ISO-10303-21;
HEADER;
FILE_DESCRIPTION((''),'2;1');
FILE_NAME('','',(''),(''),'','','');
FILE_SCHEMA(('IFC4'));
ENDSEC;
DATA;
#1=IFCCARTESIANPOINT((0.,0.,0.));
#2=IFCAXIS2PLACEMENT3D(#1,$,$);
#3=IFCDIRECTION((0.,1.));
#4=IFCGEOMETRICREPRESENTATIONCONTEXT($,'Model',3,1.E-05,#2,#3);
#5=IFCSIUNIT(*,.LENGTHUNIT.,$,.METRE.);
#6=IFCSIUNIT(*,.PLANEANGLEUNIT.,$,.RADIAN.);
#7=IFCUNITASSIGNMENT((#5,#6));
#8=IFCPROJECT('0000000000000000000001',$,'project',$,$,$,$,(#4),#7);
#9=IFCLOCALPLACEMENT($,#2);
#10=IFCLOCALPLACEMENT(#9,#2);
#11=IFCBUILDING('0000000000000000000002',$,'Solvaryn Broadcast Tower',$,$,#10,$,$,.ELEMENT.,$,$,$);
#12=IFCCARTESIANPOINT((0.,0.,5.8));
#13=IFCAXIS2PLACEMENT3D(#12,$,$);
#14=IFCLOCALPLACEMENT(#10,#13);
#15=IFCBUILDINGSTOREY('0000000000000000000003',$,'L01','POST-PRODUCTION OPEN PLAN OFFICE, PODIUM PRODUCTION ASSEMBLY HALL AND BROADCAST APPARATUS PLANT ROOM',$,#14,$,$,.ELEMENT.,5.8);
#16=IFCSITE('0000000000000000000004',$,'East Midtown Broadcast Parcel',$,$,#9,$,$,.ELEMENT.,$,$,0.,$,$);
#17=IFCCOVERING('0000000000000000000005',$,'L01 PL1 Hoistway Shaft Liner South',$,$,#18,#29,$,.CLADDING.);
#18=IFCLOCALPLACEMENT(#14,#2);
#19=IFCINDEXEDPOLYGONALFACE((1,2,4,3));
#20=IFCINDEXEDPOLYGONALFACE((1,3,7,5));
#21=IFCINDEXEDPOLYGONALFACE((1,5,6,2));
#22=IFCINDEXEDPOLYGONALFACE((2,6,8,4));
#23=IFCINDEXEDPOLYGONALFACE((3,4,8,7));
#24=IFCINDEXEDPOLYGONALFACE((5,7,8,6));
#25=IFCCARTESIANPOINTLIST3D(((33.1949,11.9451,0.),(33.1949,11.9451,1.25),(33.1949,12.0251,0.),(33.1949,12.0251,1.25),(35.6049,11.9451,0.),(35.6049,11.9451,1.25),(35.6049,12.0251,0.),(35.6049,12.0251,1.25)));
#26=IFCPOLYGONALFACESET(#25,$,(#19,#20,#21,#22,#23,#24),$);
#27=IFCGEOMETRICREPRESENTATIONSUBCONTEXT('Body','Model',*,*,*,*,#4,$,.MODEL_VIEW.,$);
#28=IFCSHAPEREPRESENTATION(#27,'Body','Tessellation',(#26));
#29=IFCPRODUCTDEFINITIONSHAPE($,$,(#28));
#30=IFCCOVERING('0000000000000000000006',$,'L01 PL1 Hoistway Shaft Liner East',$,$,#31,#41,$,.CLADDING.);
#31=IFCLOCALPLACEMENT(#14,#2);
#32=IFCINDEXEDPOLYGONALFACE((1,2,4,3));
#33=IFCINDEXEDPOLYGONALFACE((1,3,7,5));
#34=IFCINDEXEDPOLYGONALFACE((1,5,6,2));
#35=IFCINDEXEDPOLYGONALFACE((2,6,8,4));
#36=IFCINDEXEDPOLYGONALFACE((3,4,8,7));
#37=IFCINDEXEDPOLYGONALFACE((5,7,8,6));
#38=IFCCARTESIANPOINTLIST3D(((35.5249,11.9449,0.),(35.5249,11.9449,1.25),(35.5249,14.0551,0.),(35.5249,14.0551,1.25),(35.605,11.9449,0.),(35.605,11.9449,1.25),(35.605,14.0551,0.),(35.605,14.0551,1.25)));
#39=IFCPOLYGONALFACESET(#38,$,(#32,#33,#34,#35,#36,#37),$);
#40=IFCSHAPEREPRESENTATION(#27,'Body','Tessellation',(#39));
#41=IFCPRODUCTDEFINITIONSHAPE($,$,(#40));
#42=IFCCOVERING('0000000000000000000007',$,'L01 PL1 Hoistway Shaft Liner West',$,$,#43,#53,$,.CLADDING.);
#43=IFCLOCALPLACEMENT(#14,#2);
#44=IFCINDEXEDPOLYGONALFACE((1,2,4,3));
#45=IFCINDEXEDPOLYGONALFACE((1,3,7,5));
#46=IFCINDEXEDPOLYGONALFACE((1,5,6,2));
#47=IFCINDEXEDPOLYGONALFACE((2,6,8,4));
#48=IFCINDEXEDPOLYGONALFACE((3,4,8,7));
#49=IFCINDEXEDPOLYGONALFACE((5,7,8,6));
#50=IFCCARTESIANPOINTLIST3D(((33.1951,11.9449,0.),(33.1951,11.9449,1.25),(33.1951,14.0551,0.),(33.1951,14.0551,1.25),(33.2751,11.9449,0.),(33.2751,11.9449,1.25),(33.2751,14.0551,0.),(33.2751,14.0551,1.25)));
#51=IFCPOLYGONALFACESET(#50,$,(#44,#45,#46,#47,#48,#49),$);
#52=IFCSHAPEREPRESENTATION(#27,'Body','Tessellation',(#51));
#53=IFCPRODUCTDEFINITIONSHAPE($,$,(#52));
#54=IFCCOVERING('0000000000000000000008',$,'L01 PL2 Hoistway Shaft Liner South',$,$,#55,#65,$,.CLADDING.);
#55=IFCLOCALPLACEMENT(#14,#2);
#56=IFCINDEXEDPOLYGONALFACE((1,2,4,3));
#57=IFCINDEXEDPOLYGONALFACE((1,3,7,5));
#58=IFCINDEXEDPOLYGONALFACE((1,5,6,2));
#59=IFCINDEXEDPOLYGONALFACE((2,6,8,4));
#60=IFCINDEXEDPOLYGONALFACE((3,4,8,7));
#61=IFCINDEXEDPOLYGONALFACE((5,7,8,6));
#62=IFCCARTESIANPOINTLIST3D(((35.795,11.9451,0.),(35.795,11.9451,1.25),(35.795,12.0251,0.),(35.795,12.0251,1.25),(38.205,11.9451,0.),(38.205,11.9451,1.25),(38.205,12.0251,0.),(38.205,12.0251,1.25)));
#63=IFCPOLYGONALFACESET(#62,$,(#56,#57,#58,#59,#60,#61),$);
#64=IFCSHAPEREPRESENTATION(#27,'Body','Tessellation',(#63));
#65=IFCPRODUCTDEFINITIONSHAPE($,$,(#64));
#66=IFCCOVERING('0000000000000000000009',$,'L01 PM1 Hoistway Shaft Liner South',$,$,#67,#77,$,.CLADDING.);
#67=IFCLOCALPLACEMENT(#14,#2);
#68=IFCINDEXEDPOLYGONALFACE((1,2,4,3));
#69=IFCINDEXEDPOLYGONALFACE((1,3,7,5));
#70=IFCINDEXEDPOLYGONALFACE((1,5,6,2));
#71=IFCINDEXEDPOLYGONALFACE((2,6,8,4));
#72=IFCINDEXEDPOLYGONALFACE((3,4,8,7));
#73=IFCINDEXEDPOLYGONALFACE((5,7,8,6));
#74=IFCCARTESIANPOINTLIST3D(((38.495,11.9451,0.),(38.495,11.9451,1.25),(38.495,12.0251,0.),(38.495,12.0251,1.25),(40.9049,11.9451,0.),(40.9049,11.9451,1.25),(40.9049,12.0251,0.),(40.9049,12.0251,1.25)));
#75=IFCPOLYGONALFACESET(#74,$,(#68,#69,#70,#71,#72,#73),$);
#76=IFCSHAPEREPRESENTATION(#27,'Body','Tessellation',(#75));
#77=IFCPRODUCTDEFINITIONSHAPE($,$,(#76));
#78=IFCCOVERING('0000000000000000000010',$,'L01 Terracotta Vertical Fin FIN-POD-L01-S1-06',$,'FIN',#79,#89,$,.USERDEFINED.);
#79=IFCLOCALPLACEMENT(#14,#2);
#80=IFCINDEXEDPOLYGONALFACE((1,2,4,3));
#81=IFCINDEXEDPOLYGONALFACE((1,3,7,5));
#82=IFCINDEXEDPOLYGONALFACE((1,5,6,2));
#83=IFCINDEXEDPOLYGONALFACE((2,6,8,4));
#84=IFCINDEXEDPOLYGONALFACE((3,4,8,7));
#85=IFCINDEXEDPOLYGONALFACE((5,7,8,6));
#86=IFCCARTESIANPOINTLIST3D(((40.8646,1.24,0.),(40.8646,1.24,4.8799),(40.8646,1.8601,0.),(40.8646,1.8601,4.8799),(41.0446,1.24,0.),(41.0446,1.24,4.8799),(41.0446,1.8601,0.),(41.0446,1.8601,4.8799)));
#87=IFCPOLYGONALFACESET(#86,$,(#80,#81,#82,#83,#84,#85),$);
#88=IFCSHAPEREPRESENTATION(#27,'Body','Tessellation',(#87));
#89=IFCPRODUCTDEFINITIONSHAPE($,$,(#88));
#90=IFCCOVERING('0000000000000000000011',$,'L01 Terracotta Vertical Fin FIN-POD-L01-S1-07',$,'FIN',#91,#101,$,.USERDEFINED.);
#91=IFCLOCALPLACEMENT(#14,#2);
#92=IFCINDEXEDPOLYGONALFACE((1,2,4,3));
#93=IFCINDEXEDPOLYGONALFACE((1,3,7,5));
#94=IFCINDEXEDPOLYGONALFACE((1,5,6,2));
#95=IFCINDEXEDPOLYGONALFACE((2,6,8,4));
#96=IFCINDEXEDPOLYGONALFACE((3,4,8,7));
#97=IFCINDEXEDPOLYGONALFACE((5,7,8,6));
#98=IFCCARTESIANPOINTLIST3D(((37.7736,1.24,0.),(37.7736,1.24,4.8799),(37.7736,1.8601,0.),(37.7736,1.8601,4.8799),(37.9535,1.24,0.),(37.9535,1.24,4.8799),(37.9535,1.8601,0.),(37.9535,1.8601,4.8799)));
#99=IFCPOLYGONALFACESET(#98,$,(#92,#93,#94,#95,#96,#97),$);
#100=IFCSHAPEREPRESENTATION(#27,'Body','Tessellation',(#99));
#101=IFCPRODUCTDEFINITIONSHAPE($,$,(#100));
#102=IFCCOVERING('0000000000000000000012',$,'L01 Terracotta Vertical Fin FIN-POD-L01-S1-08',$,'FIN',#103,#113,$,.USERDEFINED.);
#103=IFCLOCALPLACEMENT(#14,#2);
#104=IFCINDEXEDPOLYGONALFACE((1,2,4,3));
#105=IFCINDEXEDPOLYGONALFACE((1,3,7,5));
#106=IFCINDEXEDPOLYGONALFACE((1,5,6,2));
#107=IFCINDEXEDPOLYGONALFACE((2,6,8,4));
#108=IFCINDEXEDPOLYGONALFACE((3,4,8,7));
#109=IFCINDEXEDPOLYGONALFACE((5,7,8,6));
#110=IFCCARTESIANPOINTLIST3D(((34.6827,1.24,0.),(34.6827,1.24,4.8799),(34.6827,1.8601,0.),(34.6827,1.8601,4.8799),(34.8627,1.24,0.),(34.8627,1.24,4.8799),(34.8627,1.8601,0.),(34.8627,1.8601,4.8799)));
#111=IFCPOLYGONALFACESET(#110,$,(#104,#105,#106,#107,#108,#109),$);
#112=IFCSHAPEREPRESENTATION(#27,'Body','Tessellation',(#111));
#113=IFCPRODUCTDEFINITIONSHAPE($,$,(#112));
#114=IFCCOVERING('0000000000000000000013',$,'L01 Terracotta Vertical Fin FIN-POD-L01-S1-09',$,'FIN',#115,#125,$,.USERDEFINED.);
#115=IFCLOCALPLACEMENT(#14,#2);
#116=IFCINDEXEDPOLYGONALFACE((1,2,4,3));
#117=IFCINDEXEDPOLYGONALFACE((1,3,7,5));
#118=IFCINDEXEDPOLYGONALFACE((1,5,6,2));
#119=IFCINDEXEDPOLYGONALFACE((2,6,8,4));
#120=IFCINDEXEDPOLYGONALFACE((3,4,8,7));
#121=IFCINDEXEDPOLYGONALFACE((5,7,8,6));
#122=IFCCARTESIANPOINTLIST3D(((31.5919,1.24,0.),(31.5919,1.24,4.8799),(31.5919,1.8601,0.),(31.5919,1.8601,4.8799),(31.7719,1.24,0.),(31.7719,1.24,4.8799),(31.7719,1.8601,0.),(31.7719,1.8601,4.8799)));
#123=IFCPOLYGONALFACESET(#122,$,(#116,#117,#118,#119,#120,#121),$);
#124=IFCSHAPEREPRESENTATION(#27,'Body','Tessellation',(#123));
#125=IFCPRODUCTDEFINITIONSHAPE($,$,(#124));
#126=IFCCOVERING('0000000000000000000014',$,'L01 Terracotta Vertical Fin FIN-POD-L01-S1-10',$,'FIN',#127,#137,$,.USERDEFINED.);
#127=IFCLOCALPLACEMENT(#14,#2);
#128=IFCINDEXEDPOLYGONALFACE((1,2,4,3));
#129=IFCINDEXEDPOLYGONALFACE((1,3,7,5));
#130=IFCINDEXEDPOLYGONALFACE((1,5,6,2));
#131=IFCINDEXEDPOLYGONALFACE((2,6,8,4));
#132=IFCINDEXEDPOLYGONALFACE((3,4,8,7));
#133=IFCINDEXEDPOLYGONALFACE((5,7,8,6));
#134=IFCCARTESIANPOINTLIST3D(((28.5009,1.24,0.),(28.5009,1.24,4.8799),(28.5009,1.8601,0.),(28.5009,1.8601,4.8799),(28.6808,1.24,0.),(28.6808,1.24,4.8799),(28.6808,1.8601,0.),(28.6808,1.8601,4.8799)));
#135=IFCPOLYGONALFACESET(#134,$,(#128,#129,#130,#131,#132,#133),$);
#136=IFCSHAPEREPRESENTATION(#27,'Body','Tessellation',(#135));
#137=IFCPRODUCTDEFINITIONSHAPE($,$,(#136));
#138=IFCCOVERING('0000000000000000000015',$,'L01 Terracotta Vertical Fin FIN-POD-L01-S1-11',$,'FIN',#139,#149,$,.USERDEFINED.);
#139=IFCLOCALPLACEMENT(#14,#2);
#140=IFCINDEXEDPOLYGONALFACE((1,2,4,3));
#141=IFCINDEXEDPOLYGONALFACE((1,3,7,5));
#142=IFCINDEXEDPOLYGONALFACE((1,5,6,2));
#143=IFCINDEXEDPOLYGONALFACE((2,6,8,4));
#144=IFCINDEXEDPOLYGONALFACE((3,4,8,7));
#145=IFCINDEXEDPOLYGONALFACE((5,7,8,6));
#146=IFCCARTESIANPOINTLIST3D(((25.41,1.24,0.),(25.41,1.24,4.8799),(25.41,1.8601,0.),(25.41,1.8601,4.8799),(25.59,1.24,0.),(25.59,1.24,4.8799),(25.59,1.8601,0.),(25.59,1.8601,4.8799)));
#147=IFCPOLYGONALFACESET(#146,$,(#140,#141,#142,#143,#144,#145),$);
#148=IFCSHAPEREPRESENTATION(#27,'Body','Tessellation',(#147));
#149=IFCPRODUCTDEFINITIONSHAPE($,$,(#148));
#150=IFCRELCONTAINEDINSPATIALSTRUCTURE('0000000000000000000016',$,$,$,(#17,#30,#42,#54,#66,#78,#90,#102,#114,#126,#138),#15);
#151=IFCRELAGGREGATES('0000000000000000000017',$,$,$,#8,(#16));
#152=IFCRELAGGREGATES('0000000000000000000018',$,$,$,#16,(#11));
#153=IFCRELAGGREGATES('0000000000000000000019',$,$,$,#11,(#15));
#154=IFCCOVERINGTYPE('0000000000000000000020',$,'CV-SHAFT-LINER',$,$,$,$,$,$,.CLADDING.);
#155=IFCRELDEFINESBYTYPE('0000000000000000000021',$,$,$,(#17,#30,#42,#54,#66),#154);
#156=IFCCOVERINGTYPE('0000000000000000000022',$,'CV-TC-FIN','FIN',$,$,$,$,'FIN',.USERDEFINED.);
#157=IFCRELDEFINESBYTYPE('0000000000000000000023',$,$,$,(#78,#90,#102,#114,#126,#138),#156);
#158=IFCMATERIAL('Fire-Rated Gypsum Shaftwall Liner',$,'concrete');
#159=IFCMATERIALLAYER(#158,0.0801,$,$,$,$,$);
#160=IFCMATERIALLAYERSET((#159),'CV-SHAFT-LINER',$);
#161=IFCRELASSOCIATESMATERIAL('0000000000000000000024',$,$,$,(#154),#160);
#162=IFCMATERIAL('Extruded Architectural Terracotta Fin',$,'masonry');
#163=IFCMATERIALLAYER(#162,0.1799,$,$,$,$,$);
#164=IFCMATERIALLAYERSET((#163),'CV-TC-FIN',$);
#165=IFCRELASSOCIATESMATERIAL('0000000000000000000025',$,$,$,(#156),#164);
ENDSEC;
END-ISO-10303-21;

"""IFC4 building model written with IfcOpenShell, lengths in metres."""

from ifc_helpers import new_model, si_unit, direction, frame, origin, origin_2d, place, context, subcontext, project, spatial, rectangle, extrude, material, layer, layer_set, type_object, element, save


model = new_model("IFC4")

# Units and contexts
model_context = context("Model", 3, precision=1e-05, world=origin(), true_north=direction((0.0, 1.0)))
body_context = subcontext(model_context, "Body", "Model", "MODEL_VIEW")
ifc_project = project(units=[si_unit("LENGTHUNIT", "METRE"), si_unit("PLANEANGLEUNIT", "RADIAN")], contexts=[model_context])

# Site, building, storey
site_placement = place(None, origin())
site = spatial("IfcSite", under=ifc_project, at=site_placement, Name="East Midtown Broadcast Parcel", CompositionType="ELEMENT", RefElevation=0.0)
building_placement = place(site_placement, origin())
building = spatial("IfcBuilding", under=site, at=building_placement, Name="Solvaryn Broadcast Tower", CompositionType="ELEMENT")
storey_placement = place(building_placement, frame((0.0, 0.0, 5.8)))
storey = spatial("IfcBuildingStorey", under=building, at=storey_placement, Name="L01", Description="POST-PRODUCTION OPEN PLAN OFFICE, PODIUM PRODUCTION ASSEMBLY HALL AND BROADCAST APPARATUS PLANT ROOM", CompositionType="ELEMENT", Elevation=5.8)

# Coverings
ifc_material_1 = material(Name="Fire-Rated Gypsum Shaftwall Liner", Category="concrete")
ifc_layer_1 = layer(ifc_material_1, 0.0801)
ifc_layer_set_1 = layer_set([ifc_layer_1], Name="CV-SHAFT-LINER")
covering_type_1 = type_object("IfcCoveringType", Name="CV-SHAFT-LINER", PredefinedType="CLADDING", material=ifc_layer_set_1)
covering_placement = place(storey_placement, frame((34.3999, 11.9851, 0.0), z_axis=(0.0, 0.0, 1.0), x_axis=(1.0, 0.0, 0.0)))
element("IfcCovering", 1, at=covering_placement, inside=storey, type_object=covering_type_1, Name="L01 PL1 Hoistway Shaft Liner South", PredefinedType="CLADDING", context=body_context, shape_type="SweptSolid", body=[
    extrude(rectangle(XDim=2.4099, YDim=0.0801, at=origin_2d()), origin(), (0.0, 0.0, 1.0), 1.25),
])
for number, where, z_axis, x_axis, name in (
    (2, (35.5649, 13.0, 0.0), (0.0, 0.0, 1.0), (1.0, 0.0, 0.0), "L01 PL1 Hoistway Shaft Liner East"),
    (3, (33.2351, 13.0, 0.0), (0.0, 0.0, 1.0), (1.0, 0.0, 0.0), "L01 PL1 Hoistway Shaft Liner West"),
):
    element("IfcCovering", number, at=place(storey_placement, frame(where, z_axis=z_axis, x_axis=x_axis)), inside=storey, type_object=covering_type_1, Name=name, PredefinedType="CLADDING", context=body_context, shape_type="SweptSolid", body=[
        extrude(rectangle(XDim=0.0801, YDim=2.1101, at=origin_2d()), origin(), (0.0, 0.0, 1.0), 1.25),
    ])
for number, where, z_axis, x_axis, name in (
    (4, (37.0, 11.9851, 0.0), (0.0, 0.0, 1.0), (1.0, 0.0, 0.0), "L01 PL2 Hoistway Shaft Liner South"),
    (5, (39.7, 11.9851, 0.0), (0.0, 0.0, 1.0), (1.0, 0.0, 0.0), "L01 PM1 Hoistway Shaft Liner South"),
):
    element("IfcCovering", number, at=place(storey_placement, frame(where, z_axis=z_axis, x_axis=x_axis)), inside=storey, type_object=covering_type_1, Name=name, PredefinedType="CLADDING", context=body_context, shape_type="SweptSolid", body=[
        extrude(rectangle(XDim=2.4099, YDim=0.0801, at=origin_2d()), origin(), (0.0, 0.0, 1.0), 1.25),
    ])
ifc_material_2 = material(Name="Extruded Architectural Terracotta Fin", Category="masonry")
ifc_layer_2 = layer(ifc_material_2, 0.1799)
ifc_layer_set_2 = layer_set([ifc_layer_2], Name="CV-TC-FIN")
covering_type_2 = type_object("IfcCoveringType", Name="CV-TC-FIN", Description="FIN", ElementType="FIN", PredefinedType="USERDEFINED", material=ifc_layer_set_2)
for number, where, z_axis, x_axis, name in (
    (6, (40.9546, 1.55, 0.0), (0.0, 0.0, 1.0), (1.0, 0.0, 0.0), "L01 Terracotta Vertical Fin FIN-POD-L01-S1-06"),
    (7, (37.8635, 1.55, 0.0), (0.0, 0.0, 1.0), (1.0, 0.0, 0.0), "L01 Terracotta Vertical Fin FIN-POD-L01-S1-07"),
    (8, (34.7727, 1.55, 0.0), (0.0, 0.0, 1.0), (1.0, 0.0, 0.0), "L01 Terracotta Vertical Fin FIN-POD-L01-S1-08"),
    (9, (31.6819, 1.55, 0.0), (0.0, 0.0, 1.0), (1.0, 0.0, 0.0), "L01 Terracotta Vertical Fin FIN-POD-L01-S1-09"),
    (10, (28.5908, 1.55, 0.0), (0.0, 0.0, 1.0), (1.0, 0.0, 0.0), "L01 Terracotta Vertical Fin FIN-POD-L01-S1-10"),
    (11, (25.5, 1.55, 0.0), (0.0, 0.0, 1.0), (1.0, 0.0, 0.0), "L01 Terracotta Vertical Fin FIN-POD-L01-S1-11"),
):
    element("IfcCovering", number, at=place(storey_placement, frame(where, z_axis=z_axis, x_axis=x_axis)), inside=storey, type_object=covering_type_2, Name=name, ObjectType="FIN", PredefinedType="USERDEFINED", context=body_context, shape_type="SweptSolid", body=[
        extrude(rectangle(XDim=0.1799, YDim=0.6201, at=origin_2d()), origin(), (0.0, 0.0, 1.0), 4.8799),
    ])

save(model, "model.ifc")
